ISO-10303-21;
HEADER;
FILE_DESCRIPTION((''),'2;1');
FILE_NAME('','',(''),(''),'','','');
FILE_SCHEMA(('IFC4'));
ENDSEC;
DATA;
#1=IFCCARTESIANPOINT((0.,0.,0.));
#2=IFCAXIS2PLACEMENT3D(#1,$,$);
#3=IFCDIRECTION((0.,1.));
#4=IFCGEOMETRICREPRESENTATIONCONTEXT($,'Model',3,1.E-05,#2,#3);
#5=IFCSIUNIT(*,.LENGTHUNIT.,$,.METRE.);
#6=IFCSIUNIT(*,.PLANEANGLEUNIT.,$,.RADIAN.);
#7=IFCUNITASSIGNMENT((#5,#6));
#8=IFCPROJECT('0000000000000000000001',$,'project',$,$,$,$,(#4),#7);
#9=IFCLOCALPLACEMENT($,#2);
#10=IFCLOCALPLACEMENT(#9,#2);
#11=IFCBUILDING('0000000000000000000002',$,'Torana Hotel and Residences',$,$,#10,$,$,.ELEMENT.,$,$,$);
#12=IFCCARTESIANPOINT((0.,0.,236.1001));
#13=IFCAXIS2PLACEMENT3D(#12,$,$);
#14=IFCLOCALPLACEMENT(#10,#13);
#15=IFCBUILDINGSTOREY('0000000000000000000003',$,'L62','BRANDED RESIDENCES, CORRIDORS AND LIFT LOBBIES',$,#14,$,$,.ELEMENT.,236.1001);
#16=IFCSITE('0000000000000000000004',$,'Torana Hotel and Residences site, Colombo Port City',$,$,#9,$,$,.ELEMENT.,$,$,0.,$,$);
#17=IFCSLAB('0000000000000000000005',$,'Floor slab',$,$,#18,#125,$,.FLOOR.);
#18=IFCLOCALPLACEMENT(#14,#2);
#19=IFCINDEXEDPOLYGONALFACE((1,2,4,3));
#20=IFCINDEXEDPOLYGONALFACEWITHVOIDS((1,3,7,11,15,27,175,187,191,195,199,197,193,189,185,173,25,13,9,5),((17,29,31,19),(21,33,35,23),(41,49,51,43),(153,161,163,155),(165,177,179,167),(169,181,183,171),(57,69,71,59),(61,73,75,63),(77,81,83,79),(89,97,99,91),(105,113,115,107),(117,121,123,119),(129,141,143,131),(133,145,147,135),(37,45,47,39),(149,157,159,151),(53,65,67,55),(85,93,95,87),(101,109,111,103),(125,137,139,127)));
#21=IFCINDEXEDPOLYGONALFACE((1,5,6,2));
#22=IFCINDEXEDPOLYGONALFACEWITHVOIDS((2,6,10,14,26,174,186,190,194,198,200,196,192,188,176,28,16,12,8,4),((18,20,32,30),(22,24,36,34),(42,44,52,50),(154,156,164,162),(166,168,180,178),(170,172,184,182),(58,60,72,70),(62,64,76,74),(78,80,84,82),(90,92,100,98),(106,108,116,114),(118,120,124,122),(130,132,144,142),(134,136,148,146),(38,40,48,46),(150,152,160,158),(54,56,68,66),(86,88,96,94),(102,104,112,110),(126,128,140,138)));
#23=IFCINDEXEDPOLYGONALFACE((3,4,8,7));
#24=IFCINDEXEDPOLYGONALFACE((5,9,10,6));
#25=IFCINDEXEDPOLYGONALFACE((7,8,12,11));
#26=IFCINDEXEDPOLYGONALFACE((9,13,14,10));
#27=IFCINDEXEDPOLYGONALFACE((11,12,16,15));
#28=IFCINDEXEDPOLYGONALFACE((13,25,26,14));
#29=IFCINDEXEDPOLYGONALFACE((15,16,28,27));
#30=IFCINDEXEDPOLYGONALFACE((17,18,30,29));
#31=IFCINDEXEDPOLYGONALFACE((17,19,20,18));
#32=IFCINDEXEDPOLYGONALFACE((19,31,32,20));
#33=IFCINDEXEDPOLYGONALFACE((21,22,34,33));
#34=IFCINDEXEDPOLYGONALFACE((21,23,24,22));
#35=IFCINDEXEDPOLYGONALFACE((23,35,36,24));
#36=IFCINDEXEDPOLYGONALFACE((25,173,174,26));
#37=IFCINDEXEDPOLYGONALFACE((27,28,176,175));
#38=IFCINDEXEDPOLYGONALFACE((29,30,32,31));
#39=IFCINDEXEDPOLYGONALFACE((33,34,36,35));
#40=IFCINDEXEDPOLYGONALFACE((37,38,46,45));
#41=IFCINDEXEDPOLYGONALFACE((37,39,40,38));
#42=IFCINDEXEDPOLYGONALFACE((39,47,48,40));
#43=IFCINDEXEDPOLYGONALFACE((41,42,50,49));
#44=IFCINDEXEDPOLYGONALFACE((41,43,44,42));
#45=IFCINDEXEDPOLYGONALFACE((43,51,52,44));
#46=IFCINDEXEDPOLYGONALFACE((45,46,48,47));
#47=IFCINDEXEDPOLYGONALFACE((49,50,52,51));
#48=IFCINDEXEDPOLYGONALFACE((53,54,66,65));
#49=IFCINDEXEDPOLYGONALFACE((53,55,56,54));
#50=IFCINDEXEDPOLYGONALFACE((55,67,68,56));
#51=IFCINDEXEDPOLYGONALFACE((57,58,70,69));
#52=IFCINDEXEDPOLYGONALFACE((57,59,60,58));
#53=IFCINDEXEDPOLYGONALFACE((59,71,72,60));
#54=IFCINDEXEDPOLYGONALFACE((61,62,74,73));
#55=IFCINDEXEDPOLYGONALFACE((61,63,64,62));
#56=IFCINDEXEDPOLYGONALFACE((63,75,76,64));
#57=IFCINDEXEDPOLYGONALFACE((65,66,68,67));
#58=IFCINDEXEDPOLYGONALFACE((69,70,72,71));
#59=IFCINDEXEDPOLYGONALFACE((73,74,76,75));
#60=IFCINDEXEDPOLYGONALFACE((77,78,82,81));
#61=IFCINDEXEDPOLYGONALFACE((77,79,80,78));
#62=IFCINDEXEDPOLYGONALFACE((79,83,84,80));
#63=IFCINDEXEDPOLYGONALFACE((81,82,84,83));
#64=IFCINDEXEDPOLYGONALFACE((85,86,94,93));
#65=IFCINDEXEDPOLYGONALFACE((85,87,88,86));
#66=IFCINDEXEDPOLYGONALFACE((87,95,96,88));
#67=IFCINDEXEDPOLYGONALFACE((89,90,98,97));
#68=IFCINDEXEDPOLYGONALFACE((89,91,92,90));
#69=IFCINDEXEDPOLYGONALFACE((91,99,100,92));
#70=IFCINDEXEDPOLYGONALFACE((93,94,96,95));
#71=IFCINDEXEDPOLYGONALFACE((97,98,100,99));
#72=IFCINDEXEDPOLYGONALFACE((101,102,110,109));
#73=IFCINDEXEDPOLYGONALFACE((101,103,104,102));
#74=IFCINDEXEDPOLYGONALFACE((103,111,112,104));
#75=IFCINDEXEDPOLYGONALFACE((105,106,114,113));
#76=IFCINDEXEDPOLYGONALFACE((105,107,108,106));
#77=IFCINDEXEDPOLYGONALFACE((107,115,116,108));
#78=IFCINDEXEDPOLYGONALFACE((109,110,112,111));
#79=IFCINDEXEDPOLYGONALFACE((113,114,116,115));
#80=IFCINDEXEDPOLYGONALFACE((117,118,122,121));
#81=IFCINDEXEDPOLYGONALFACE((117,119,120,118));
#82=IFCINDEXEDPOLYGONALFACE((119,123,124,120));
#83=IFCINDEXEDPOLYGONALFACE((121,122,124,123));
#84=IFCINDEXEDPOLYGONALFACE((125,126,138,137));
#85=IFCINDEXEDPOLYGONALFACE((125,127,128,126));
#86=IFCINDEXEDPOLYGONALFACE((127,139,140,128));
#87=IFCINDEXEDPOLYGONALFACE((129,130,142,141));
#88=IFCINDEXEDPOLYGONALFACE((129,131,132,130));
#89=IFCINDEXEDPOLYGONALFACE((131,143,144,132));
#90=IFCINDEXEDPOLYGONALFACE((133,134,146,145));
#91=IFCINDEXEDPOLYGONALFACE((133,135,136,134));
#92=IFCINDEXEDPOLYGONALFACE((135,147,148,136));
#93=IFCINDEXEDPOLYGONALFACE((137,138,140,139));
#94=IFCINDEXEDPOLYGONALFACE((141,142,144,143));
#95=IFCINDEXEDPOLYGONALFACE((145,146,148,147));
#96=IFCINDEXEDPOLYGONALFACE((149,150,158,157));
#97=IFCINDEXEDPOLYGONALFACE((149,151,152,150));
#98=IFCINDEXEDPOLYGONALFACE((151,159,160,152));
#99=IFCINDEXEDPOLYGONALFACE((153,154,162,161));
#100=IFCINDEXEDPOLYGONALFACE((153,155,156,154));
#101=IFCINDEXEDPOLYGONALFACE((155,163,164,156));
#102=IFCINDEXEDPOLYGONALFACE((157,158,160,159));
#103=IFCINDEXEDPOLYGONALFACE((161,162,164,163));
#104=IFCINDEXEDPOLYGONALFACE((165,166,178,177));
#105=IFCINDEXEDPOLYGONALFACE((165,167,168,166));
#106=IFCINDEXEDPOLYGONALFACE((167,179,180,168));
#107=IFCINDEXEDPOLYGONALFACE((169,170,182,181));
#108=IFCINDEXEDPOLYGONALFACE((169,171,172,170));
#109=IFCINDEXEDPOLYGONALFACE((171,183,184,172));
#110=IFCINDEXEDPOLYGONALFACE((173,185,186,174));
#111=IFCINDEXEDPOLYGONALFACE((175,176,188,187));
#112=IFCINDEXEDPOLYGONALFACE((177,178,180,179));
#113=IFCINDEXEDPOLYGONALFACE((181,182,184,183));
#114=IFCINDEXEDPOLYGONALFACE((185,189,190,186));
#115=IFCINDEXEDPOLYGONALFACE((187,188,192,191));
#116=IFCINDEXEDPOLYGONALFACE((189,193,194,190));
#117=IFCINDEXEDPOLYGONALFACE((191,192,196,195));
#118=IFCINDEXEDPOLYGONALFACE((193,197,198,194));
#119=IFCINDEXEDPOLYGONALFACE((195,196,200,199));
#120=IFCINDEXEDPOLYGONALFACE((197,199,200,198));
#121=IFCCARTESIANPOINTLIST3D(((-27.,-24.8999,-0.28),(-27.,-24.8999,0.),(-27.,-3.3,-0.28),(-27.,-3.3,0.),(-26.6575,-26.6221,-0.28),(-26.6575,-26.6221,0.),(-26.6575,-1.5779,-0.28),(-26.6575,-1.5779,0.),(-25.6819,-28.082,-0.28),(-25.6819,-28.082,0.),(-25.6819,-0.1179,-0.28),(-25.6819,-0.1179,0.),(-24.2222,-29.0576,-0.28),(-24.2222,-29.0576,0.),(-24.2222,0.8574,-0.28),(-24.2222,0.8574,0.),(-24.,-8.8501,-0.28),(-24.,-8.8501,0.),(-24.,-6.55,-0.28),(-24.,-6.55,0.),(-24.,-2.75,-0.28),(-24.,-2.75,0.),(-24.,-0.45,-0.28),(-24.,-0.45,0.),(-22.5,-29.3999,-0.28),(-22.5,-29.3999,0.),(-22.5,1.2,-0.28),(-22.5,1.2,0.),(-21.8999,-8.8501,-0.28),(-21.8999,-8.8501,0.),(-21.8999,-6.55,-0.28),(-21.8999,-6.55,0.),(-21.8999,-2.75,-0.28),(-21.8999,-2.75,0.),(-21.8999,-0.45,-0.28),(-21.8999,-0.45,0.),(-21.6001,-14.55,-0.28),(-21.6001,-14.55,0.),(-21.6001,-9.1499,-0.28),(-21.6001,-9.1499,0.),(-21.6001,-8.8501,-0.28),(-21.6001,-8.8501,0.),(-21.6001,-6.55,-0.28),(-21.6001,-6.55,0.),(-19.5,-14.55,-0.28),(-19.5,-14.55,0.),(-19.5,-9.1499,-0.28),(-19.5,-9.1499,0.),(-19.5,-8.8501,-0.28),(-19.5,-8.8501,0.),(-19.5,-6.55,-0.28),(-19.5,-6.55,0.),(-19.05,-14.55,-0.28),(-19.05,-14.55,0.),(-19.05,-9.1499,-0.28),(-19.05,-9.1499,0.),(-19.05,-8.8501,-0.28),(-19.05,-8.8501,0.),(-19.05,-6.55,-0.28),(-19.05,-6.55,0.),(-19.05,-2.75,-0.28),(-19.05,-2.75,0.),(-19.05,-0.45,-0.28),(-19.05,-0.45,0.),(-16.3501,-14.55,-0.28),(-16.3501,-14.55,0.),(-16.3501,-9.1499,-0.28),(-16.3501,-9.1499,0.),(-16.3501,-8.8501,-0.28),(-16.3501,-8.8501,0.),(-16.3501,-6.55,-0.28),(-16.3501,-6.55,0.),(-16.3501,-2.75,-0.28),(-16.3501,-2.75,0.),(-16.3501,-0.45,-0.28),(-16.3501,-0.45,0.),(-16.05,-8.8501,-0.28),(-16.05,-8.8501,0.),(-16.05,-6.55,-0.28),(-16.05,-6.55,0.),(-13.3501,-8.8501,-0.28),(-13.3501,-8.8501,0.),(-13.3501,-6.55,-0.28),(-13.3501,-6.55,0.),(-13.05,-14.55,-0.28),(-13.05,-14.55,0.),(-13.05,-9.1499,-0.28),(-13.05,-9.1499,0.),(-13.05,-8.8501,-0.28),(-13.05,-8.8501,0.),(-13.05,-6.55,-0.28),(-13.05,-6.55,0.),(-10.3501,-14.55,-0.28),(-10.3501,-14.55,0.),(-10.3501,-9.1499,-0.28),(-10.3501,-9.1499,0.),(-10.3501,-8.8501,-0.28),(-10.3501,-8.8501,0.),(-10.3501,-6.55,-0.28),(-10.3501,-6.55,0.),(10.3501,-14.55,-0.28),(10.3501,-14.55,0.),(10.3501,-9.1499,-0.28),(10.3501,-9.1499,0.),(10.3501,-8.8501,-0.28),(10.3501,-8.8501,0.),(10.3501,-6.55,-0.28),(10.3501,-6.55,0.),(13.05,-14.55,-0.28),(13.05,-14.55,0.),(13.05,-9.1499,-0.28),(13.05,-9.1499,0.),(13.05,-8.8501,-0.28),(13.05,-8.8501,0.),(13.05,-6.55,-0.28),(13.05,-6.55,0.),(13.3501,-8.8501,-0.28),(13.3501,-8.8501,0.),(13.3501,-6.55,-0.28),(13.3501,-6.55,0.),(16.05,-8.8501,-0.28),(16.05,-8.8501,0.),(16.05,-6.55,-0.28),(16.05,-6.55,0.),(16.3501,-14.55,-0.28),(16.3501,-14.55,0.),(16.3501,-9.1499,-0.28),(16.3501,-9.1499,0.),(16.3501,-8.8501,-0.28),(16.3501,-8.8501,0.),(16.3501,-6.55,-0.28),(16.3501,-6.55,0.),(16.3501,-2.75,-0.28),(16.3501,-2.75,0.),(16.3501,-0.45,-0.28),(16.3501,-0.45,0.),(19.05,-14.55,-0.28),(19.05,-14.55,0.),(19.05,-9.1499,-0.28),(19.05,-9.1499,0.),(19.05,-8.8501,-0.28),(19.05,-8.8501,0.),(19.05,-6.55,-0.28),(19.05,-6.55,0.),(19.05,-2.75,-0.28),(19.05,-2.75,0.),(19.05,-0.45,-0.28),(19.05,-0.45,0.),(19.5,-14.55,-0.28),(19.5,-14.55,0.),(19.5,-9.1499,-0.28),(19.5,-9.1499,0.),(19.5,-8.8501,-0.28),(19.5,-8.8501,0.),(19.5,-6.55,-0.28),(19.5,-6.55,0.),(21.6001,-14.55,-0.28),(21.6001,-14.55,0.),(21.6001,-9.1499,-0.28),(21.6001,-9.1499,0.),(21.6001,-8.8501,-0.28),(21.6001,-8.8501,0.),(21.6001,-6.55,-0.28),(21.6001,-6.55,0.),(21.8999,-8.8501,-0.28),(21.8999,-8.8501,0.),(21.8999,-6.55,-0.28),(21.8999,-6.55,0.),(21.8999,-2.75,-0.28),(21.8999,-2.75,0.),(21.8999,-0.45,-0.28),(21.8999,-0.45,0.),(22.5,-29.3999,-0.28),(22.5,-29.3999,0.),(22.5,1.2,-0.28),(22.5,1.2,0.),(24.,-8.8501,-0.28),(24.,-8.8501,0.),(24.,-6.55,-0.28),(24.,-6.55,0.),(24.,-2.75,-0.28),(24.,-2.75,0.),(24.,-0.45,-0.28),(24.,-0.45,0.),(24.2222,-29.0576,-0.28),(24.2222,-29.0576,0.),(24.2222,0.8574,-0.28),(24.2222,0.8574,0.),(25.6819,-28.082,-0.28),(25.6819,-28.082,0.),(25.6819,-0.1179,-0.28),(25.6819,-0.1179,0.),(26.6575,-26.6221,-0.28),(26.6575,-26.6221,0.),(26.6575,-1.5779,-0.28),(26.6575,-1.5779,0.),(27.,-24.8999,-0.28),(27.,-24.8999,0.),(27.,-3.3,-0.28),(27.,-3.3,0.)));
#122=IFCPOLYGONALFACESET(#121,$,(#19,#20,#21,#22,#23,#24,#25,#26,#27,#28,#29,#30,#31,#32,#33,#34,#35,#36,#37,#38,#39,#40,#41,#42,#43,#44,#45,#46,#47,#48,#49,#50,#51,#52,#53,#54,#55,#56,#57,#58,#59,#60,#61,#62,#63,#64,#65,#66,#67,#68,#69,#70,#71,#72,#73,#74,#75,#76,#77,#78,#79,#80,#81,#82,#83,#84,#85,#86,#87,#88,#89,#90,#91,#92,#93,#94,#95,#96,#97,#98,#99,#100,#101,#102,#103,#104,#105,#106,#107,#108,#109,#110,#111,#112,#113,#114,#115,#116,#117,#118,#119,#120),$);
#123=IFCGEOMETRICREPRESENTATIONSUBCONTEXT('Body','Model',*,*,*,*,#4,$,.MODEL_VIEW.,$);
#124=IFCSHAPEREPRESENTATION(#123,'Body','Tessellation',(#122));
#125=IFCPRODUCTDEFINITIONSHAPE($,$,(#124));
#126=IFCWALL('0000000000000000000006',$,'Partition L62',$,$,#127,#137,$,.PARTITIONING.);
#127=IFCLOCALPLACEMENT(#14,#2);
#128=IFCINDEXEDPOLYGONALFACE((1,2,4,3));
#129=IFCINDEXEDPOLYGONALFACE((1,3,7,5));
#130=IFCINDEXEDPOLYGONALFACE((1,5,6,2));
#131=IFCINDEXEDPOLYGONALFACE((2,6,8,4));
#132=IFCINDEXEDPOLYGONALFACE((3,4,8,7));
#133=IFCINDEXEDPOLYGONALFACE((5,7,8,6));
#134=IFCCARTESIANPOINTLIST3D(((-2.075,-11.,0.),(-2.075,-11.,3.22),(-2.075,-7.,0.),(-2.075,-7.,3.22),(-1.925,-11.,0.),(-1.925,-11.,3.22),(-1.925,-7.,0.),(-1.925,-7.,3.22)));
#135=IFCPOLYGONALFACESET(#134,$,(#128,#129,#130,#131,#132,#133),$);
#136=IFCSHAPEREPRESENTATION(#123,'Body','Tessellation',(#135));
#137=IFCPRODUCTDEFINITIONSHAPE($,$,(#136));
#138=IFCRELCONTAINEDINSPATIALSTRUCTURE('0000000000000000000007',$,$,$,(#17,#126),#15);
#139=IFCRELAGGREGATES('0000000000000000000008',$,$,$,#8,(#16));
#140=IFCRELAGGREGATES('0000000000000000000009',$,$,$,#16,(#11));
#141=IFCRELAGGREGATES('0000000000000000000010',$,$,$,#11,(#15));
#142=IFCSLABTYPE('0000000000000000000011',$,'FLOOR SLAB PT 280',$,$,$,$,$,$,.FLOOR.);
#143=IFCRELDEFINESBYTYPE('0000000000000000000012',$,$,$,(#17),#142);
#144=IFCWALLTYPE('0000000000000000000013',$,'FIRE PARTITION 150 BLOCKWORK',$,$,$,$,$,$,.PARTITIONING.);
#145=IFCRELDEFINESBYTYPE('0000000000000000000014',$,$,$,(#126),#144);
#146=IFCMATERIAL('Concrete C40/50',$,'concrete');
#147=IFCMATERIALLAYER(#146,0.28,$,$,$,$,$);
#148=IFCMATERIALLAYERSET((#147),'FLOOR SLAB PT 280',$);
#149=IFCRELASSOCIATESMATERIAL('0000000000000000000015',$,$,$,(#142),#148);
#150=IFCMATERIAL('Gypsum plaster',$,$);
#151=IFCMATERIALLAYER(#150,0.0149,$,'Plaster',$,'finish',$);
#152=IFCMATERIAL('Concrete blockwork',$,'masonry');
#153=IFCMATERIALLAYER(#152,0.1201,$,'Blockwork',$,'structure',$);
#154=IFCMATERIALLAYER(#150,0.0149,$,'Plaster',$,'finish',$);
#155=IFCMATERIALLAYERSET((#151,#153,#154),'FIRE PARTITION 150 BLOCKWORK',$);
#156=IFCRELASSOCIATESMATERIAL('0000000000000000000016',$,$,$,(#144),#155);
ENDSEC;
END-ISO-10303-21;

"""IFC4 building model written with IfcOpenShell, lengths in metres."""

from ifc_helpers import new_model, si_unit, direction, frame, frame_2d, origin, place, context, subcontext, project, spatial, polyline, rectangle, outline, extrude, material, layer, layer_set, type_object, element, save


model = new_model("IFC4")

# Units and contexts
model_context = context("Model", 3, precision=1e-05, world=origin(), true_north=direction((0.0, 1.0)))
body_context = subcontext(model_context, "Body", "Model", "MODEL_VIEW")
ifc_project = project(units=[si_unit("LENGTHUNIT", "METRE"), si_unit("PLANEANGLEUNIT", "RADIAN")], contexts=[model_context])

# Site, building, storey
site_placement = place(None, origin())
site = spatial("IfcSite", under=ifc_project, at=site_placement, Name="Torana Hotel and Residences site, Colombo Port City", CompositionType="ELEMENT", RefElevation=0.0)
building_placement = place(site_placement, origin())
building = spatial("IfcBuilding", under=site, at=building_placement, Name="Torana Hotel and Residences", CompositionType="ELEMENT")
storey_placement = place(building_placement, frame((0.0, 0.0, 236.1001)))
storey = spatial("IfcBuildingStorey", under=building, at=storey_placement, Name="L62", Description="BRANDED RESIDENCES, CORRIDORS AND LIFT LOBBIES", CompositionType="ELEMENT", Elevation=236.1001)

# Slab
ifc_material_1 = material(Name="Concrete C40/50", Category="concrete")
ifc_layer_1 = layer(ifc_material_1, 0.28)
ifc_layer_set_1 = layer_set([ifc_layer_1], Name="FLOOR SLAB PT 280")
slab_type_1 = type_object("IfcSlabType", Name="FLOOR SLAB PT 280", PredefinedType="FLOOR", material=ifc_layer_set_1)
slab_1_placement = place(storey_placement, frame((0.0, 0.0, -0.28)))
element("IfcSlab", 1, at=slab_1_placement, inside=storey, type_object=slab_type_1, Name="Floor slab", PredefinedType="FLOOR", context=body_context, shape_type="SweptSolid", body=[
    extrude(outline(polyline([(27.0, -3.3), (26.6575, -1.5779), (25.6819, -0.1179), (24.2222, 0.8574), (22.5, 1.2), (-22.5, 1.2), (-24.2222, 0.8574), (-25.6819, -0.1179), (-26.6575, -1.5779), (-27.0, -3.3), (-27.0, -24.8999), (-26.6575, -26.6221), (-25.6819, -28.082), (-24.2222, -29.0576), (-22.5, -29.3999), (22.5, -29.3999), (24.2222, -29.0576), (25.6819, -28.082), (26.6575, -26.6221), (27.0, -24.8999), (27.0, -3.3)]), holes=[polyline([(-13.05, -14.55), (-10.3501, -14.55), (-10.3501, -9.1499), (-13.05, -9.1499), (-13.05, -14.55)]), polyline([(-19.05, -14.55), (-16.3501, -14.55), (-16.3501, -9.1499), (-19.05, -9.1499), (-19.05, -14.55)]), polyline([(-19.05, -2.75), (-16.3501, -2.75), (-16.3501, -0.45), (-19.05, -0.45), (-19.05, -2.75)]), polyline([(-21.6001, -8.8501), (-19.5, -8.8501), (-19.5, -6.55), (-21.6001, -6.55), (-21.6001, -8.8501)]), polyline([(-24.0, -2.75), (-21.8999, -2.75), (-21.8999, -0.45), (-24.0, -0.45), (-24.0, -2.75)]), polyline([(-24.0, -8.8501), (-21.8999, -8.8501), (-21.8999, -6.55), (-24.0, -6.55), (-24.0, -8.8501)]), polyline([(-13.05, -8.8501), (-10.3501, -8.8501), (-10.3501, -6.55), (-13.05, -6.55), (-13.05, -8.8501)]), polyline([(-16.05, -8.8501), (-13.3501, -8.8501), (-13.3501, -6.55), (-16.05, -6.55), (-16.05, -8.8501)]), polyline([(-19.05, -8.8501), (-16.3501, -8.8501), (-16.3501, -6.55), (-19.05, -6.55), (-19.05, -8.8501)]), polyline([(-21.6001, -14.55), (-19.5, -14.55), (-19.5, -9.1499), (-21.6001, -9.1499), (-21.6001, -14.55)]), polyline([(10.3501, -14.55), (13.05, -14.55), (13.05, -9.1499), (10.3501, -9.1499), (10.3501, -14.55)]), polyline([(16.3501, -14.55), (19.05, -14.55), (19.05, -9.1499), (16.3501, -9.1499), (16.3501, -14.55)]), polyline([(16.3501, -2.75), (19.05, -2.75), (19.05, -0.45), (16.3501, -0.45), (16.3501, -2.75)]), polyline([(19.5, -8.8501), (21.6001, -8.8501), (21.6001, -6.55), (19.5, -6.55), (19.5, -8.8501)]), polyline([(21.8999, -2.75), (24.0, -2.75), (24.0, -0.45), (21.8999, -0.45), (21.8999, -2.75)]), polyline([(21.8999, -8.8501), (24.0, -8.8501), (24.0, -6.55), (21.8999, -6.55), (21.8999, -8.8501)]), polyline([(10.3501, -8.8501), (13.05, -8.8501), (13.05, -6.55), (10.3501, -6.55), (10.3501, -8.8501)]), polyline([(13.3501, -8.8501), (16.05, -8.8501), (16.05, -6.55), (13.3501, -6.55), (13.3501, -8.8501)]), polyline([(16.3501, -8.8501), (19.05, -8.8501), (19.05, -6.55), (16.3501, -6.55), (16.3501, -8.8501)]), polyline([(19.5, -14.55), (21.6001, -14.55), (21.6001, -9.1499), (19.5, -9.1499), (19.5, -14.55)])]), origin(), (0.0, 0.0, 1.0), 0.28),
])

# Wall
ifc_material_2 = material(Name="Gypsum plaster")
ifc_layer_2 = layer(ifc_material_2, 0.0149, Name="Plaster", Category="finish")
ifc_material_3 = material(Name="Concrete blockwork", Category="masonry")
ifc_layer_3 = layer(ifc_material_3, 0.1201, Name="Blockwork", Category="structure")
ifc_layer_4 = layer(ifc_material_2, 0.0149, Name="Plaster", Category="finish")
ifc_layer_set_2 = layer_set([ifc_layer_2, ifc_layer_3, ifc_layer_4], Name="FIRE PARTITION 150 BLOCKWORK")
wall_type_1 = type_object("IfcWallType", Name="FIRE PARTITION 150 BLOCKWORK", PredefinedType="PARTITIONING", material=ifc_layer_set_2)
wall_1_placement = place(storey_placement, frame((-2.0, -11.0, 0.0), z_axis=(0.0, 0.0, 1.0), x_axis=(0.0, 1.0, 0.0)))
element("IfcWall", 2, at=wall_1_placement, inside=storey, type_object=wall_type_1, Name="Partition L62", PredefinedType="PARTITIONING", context=body_context, shape_type="SweptSolid", body=[
    extrude(rectangle(XDim=4.0, YDim=0.1499, at=frame_2d((2.0, 0.0))), origin(), (0.0, 0.0, 1.0), 3.22),
])

save(model, "model.ifc")
